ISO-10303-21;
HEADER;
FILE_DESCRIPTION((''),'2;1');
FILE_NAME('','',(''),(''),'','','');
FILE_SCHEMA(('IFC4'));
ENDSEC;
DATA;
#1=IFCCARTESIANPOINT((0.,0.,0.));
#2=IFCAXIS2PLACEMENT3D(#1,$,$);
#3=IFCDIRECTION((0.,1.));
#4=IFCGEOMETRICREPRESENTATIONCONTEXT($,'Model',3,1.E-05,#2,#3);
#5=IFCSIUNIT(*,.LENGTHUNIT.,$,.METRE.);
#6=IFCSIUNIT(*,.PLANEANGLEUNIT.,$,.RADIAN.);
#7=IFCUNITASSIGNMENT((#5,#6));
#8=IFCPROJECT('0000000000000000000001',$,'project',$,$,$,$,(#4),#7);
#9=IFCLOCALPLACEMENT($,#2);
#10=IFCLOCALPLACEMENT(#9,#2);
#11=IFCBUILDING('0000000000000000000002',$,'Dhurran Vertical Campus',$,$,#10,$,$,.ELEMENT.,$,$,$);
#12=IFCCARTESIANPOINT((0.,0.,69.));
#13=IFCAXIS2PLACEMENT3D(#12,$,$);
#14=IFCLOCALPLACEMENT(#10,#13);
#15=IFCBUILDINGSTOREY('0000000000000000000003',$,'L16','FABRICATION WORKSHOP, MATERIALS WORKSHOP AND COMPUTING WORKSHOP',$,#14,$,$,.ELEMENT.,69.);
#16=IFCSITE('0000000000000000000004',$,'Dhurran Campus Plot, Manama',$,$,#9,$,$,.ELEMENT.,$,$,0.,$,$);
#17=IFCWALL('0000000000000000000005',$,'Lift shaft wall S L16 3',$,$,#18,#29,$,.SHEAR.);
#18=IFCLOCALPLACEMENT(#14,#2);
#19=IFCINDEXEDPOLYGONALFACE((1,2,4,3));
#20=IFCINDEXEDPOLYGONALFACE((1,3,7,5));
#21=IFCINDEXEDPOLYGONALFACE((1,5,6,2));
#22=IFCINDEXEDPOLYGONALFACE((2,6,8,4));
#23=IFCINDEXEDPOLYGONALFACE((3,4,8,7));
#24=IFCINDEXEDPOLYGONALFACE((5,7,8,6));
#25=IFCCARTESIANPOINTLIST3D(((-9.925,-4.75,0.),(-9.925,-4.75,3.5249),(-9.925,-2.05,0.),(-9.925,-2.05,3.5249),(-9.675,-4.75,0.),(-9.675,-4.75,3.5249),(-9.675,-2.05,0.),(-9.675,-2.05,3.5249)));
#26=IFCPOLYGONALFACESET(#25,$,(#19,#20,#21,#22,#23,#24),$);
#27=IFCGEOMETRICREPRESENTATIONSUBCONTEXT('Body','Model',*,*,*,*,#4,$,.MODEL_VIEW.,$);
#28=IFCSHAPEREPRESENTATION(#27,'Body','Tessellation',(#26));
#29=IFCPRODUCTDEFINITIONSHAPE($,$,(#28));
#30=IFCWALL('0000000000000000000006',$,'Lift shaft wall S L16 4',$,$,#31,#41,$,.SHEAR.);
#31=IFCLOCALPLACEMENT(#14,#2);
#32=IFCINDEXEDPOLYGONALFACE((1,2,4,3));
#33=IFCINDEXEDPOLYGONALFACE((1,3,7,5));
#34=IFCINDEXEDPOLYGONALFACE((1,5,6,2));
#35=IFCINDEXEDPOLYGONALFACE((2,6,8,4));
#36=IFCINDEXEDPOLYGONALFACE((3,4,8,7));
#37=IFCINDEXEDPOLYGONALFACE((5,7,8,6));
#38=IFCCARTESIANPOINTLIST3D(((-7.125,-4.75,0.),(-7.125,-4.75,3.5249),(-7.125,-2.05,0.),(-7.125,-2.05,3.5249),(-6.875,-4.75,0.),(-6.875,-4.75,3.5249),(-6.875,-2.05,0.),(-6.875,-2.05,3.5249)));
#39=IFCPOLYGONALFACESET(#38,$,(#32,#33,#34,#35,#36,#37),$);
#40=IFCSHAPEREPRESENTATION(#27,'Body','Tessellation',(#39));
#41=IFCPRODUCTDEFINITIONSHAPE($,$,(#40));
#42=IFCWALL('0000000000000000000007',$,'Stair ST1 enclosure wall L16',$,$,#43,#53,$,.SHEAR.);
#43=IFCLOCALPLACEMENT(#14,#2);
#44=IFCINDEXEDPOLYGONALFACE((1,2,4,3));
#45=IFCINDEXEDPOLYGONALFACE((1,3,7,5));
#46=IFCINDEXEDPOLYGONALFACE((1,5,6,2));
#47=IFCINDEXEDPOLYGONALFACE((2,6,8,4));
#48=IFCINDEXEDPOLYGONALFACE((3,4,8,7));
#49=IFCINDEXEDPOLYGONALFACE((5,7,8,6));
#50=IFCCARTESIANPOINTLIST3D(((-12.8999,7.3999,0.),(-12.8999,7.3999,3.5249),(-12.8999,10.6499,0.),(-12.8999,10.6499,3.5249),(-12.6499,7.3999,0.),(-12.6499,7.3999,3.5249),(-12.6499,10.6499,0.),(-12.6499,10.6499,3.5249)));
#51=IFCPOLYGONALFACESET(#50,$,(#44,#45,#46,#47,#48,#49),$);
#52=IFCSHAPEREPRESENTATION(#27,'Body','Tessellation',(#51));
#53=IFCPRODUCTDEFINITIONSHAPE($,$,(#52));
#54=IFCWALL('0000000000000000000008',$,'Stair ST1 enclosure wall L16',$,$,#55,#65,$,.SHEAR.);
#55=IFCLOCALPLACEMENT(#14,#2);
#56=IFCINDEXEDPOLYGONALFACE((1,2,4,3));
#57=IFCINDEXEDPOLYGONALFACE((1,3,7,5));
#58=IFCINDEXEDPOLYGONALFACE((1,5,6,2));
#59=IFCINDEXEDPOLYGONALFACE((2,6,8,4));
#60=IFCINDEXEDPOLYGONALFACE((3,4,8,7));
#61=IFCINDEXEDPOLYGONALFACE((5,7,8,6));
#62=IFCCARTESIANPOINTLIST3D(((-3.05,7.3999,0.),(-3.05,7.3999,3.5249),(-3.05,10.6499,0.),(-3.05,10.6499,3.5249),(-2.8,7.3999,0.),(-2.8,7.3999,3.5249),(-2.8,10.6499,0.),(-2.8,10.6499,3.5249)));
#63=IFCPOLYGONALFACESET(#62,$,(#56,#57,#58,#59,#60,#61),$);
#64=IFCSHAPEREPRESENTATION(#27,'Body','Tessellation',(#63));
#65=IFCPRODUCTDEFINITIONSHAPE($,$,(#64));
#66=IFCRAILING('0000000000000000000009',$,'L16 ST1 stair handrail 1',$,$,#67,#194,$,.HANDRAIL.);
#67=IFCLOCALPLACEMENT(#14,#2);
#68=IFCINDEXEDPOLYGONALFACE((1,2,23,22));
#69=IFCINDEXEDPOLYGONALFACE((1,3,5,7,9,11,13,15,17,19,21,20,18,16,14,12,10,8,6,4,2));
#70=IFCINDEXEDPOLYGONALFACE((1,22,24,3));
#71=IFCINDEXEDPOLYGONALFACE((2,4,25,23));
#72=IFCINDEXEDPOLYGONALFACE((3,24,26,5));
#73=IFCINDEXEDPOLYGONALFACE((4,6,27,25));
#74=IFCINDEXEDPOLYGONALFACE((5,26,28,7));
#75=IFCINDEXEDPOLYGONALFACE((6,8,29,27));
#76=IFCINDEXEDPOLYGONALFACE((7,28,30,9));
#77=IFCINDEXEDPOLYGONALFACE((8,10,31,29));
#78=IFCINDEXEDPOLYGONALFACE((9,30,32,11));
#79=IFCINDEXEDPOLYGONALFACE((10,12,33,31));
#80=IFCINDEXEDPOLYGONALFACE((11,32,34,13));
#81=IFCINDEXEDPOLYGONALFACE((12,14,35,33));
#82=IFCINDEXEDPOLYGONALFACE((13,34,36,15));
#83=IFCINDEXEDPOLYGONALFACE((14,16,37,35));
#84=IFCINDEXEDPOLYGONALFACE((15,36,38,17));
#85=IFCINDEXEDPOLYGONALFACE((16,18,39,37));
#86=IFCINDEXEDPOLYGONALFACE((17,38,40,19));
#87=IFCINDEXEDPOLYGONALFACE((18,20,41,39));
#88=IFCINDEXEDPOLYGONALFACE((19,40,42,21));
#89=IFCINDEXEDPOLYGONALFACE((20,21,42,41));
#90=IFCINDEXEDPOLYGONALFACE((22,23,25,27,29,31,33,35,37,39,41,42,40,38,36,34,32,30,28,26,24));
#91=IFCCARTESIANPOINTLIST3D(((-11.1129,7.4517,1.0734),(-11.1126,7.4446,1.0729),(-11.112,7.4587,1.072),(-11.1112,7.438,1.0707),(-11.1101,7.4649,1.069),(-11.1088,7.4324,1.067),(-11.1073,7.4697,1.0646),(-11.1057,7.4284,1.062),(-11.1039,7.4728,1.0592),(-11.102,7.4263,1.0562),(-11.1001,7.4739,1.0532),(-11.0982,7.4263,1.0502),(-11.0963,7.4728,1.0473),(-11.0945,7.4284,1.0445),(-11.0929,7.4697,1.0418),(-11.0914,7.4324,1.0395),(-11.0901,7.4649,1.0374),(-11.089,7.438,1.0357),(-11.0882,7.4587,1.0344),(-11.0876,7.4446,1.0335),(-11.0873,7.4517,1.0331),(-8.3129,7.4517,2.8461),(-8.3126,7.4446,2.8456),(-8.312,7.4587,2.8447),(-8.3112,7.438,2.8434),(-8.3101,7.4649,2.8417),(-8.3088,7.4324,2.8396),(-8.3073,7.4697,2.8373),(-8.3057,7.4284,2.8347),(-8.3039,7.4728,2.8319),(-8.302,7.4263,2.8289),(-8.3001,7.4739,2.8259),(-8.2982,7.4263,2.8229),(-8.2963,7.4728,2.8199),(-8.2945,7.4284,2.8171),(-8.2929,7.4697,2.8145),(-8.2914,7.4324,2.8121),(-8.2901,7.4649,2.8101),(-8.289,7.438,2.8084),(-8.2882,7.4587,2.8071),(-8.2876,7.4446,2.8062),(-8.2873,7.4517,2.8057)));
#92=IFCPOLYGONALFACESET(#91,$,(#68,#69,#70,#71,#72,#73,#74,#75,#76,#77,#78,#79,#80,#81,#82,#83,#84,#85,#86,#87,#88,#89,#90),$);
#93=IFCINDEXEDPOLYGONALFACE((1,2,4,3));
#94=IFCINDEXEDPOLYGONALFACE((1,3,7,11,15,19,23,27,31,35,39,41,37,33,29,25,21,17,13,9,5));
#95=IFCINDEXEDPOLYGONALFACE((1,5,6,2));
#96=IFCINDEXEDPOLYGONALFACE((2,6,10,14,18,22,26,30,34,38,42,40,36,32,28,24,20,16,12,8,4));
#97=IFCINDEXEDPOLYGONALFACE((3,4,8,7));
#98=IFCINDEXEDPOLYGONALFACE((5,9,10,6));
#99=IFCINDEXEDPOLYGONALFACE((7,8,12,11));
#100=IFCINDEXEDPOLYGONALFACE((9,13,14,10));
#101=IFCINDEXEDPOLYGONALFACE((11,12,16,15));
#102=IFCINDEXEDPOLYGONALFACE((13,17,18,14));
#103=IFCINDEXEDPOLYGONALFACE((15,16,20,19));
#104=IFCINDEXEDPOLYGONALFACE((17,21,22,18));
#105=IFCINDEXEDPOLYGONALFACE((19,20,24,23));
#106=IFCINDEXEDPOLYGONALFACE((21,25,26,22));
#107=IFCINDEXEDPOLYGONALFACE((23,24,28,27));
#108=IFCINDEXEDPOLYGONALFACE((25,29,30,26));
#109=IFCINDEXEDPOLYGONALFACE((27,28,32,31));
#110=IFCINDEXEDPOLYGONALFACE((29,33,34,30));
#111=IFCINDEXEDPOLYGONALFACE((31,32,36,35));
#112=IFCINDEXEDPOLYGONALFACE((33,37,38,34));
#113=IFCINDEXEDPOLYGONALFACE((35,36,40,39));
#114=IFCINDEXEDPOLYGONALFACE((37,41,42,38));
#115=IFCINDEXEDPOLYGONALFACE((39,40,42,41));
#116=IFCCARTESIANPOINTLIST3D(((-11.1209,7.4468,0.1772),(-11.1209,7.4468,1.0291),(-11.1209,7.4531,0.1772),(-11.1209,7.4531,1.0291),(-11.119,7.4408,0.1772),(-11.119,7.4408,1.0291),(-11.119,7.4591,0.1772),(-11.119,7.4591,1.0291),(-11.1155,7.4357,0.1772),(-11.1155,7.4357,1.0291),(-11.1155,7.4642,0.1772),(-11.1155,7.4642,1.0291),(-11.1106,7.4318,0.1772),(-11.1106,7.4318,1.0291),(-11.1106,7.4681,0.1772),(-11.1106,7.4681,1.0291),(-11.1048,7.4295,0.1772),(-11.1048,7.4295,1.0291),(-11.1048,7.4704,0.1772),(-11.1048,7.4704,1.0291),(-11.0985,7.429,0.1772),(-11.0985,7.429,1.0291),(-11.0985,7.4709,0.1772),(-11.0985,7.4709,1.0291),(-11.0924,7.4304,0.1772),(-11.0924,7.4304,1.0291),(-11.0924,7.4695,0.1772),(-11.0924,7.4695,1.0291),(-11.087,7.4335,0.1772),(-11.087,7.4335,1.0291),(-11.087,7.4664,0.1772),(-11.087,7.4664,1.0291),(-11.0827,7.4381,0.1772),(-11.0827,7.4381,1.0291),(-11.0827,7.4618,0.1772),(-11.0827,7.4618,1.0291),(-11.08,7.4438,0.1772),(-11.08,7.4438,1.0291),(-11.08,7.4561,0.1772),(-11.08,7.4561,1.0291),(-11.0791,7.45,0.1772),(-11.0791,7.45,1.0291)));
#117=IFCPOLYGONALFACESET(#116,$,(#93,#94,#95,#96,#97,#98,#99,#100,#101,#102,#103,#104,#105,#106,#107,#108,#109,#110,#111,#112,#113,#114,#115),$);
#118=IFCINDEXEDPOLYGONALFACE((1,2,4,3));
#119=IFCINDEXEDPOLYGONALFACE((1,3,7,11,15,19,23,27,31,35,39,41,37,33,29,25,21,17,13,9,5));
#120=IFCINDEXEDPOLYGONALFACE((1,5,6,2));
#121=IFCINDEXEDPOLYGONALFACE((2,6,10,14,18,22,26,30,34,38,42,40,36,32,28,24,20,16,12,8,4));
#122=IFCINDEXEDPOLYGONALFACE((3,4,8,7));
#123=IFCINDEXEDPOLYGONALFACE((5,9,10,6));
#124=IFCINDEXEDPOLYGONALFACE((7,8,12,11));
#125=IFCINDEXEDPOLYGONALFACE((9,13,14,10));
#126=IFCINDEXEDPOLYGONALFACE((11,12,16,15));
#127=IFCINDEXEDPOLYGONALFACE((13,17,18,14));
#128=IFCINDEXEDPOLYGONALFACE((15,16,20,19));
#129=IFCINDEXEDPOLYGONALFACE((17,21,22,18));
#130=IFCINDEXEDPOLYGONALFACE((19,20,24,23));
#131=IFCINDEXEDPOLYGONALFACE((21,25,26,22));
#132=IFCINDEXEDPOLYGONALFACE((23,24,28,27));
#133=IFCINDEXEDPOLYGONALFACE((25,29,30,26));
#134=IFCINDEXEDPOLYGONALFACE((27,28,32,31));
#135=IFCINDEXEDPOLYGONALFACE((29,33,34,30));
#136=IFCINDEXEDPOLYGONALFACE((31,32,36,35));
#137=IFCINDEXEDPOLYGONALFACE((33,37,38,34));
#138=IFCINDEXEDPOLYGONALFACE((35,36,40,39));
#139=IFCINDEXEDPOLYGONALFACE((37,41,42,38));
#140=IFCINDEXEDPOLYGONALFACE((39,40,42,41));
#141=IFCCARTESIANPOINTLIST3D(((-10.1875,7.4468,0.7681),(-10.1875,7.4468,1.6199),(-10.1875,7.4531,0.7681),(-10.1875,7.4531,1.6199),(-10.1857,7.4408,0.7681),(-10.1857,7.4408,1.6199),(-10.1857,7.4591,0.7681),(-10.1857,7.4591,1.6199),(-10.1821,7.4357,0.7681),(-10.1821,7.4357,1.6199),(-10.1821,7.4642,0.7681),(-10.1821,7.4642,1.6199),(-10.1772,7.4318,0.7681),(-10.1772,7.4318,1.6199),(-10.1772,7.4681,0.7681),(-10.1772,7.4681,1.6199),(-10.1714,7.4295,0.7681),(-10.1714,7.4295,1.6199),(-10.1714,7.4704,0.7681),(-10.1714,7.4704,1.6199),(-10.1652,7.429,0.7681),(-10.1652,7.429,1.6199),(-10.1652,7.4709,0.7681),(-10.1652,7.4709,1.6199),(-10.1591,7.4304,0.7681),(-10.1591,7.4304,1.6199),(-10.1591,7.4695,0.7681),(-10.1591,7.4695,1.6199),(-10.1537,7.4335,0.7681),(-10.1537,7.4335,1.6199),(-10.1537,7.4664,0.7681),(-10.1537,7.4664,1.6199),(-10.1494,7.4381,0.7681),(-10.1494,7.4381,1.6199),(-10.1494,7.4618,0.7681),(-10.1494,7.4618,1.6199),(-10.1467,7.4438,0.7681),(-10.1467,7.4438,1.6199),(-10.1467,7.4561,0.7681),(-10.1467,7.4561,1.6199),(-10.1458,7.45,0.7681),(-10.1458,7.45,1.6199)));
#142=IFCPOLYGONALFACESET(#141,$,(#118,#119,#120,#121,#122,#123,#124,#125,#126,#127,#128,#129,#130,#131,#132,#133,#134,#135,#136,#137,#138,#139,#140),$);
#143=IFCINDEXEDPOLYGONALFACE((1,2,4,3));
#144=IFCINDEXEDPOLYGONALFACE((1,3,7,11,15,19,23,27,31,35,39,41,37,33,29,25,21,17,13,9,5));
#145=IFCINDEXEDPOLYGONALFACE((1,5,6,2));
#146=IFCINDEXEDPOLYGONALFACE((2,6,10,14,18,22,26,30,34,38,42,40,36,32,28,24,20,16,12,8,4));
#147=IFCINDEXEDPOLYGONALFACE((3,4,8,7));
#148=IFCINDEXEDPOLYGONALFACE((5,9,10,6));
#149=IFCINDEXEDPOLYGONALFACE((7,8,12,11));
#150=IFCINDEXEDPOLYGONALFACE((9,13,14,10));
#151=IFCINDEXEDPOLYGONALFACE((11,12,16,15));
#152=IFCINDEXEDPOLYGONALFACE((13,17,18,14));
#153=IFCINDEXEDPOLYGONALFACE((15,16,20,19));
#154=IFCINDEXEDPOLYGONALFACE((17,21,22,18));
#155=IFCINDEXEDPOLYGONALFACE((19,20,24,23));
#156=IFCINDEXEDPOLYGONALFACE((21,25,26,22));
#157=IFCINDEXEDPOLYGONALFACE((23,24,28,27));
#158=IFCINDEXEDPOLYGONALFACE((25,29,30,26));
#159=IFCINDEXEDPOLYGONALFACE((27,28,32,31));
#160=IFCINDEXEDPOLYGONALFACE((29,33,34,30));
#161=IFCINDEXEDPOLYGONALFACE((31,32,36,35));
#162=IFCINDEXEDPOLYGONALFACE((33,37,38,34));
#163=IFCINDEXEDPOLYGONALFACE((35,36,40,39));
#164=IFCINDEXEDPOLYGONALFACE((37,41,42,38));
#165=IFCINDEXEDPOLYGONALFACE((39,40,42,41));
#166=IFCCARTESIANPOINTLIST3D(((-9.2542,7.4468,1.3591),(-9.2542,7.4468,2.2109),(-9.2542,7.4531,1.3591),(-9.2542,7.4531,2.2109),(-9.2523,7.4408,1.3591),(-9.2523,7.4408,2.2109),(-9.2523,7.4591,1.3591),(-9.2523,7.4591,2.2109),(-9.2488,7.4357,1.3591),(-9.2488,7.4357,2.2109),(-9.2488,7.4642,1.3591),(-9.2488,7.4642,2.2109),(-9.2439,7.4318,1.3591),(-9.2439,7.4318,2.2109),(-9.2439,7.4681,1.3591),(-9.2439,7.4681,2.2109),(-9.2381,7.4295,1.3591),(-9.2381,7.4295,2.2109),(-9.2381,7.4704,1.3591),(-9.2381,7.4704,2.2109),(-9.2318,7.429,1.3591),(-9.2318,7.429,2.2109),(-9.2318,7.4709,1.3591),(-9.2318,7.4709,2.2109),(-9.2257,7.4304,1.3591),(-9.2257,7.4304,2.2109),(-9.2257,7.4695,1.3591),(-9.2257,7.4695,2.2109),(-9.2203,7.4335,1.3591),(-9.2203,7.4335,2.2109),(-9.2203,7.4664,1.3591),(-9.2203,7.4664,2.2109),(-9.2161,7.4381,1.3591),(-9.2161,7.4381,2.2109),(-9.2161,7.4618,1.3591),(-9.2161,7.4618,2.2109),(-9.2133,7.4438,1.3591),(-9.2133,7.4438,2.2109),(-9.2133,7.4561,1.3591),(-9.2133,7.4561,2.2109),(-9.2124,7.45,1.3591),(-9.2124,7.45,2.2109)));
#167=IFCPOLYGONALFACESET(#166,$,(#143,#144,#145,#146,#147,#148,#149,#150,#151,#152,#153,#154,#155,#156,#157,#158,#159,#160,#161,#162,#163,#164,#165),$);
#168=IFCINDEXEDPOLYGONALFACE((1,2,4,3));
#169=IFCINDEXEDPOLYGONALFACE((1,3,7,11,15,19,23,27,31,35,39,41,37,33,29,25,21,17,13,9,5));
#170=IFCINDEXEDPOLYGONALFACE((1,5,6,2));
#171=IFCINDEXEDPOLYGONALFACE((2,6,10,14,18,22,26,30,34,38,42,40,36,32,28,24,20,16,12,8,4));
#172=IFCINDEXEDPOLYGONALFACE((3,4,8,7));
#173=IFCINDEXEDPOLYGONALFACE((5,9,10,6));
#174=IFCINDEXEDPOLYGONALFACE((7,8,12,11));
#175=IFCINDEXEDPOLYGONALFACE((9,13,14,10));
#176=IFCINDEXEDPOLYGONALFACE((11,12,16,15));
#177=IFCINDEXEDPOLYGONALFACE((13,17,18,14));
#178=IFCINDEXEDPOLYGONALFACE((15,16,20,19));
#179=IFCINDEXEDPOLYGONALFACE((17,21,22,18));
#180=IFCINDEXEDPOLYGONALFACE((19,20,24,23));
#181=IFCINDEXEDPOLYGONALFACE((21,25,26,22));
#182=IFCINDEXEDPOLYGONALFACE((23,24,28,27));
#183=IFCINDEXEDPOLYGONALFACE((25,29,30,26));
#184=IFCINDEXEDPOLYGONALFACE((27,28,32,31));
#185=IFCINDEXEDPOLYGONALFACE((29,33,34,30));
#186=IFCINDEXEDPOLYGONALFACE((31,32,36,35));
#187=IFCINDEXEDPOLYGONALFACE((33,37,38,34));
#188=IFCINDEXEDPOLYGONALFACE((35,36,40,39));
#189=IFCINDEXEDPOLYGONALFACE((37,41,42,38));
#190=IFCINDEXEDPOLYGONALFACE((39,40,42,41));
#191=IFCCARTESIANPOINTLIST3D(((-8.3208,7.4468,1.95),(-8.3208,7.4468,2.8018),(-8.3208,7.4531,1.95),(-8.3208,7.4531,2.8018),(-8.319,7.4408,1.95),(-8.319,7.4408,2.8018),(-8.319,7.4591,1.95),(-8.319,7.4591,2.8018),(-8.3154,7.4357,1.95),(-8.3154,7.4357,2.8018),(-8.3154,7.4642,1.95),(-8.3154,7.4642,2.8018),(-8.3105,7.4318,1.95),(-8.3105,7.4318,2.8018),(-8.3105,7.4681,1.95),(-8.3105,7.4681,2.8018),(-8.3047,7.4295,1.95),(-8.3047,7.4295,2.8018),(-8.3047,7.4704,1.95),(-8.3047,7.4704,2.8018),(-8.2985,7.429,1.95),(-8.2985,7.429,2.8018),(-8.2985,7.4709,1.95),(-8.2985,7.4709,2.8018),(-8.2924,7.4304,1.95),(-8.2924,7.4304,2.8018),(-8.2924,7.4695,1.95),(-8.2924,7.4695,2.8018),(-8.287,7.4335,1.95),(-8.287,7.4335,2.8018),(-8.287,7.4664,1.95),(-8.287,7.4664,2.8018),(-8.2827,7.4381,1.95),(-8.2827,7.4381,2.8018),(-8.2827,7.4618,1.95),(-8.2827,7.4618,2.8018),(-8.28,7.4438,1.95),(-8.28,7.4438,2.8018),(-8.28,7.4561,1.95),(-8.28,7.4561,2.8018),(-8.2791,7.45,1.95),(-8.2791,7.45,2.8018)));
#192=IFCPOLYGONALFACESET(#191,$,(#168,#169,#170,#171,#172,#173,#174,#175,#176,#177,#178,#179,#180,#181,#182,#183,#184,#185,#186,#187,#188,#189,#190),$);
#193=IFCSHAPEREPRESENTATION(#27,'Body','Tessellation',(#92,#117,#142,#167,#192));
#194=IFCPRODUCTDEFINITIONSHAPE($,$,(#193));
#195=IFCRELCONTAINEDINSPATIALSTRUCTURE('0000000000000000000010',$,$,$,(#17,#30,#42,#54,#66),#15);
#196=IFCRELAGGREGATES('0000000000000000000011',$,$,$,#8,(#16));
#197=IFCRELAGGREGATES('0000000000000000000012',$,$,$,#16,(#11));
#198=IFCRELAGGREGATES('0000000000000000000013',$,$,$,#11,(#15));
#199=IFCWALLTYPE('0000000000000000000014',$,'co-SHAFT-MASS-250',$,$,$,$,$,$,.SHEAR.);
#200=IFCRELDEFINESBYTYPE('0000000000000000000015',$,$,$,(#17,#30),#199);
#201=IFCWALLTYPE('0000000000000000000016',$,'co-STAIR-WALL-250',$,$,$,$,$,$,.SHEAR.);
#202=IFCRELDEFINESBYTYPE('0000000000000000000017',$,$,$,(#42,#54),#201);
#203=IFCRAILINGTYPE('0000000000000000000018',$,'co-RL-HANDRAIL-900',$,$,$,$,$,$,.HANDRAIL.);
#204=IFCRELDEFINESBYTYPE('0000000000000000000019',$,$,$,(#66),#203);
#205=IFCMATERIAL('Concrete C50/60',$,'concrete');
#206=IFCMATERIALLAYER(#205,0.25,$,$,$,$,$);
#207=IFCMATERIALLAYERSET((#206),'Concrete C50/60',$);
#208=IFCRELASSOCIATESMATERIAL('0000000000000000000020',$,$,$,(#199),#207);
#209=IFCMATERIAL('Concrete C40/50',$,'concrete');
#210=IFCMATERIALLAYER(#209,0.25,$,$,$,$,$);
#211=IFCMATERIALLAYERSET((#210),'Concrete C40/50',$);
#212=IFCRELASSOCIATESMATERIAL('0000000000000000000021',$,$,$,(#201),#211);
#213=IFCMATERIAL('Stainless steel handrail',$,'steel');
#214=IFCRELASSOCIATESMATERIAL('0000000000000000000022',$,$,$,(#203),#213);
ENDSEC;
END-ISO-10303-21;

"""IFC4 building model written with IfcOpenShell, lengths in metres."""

from ifc_helpers import new_model, si_unit, direction, frame, frame_2d, origin, origin_2d, place, context, subcontext, project, spatial, polyline, rectangle, circle, outline, extrude, material, layer, layer_set, type_object, element, save


model = new_model("IFC4")

# Units and contexts
model_context = context("Model", 3, precision=1e-05, world=origin(), true_north=direction((0.0, 1.0)))
body_context = subcontext(model_context, "Body", "Model", "MODEL_VIEW")
ifc_project = project(units=[si_unit("LENGTHUNIT", "METRE"), si_unit("PLANEANGLEUNIT", "RADIAN")], contexts=[model_context])

# Site, building, storey
site_placement = place(None, origin())
site = spatial("IfcSite", under=ifc_project, at=site_placement, Name="Dhurran Campus Plot, Manama", CompositionType="ELEMENT", RefElevation=0.0)
building_placement = place(site_placement, origin())
building = spatial("IfcBuilding", under=site, at=building_placement, Name="Dhurran Vertical Campus", CompositionType="ELEMENT")
storey_placement = place(building_placement, frame((0.0, 0.0, 69.0)))
storey = spatial("IfcBuildingStorey", under=building, at=storey_placement, Name="L16", Description="FABRICATION WORKSHOP, MATERIALS WORKSHOP AND COMPUTING WORKSHOP", CompositionType="ELEMENT", Elevation=69.0)

# Walls
ifc_material_1 = material(Name="Concrete C50/60", Category="concrete")
ifc_layer_1 = layer(ifc_material_1, 0.25)
ifc_layer_set_1 = layer_set([ifc_layer_1], Name="Concrete C50/60")
wall_type_1 = type_object("IfcWallType", Name="co-SHAFT-MASS-250", PredefinedType="SHEAR", material=ifc_layer_set_1)
wall_1_placement = place(storey_placement, origin())
element("IfcWall", 1, at=wall_1_placement, inside=storey, type_object=wall_type_1, Name="Lift shaft wall S L16 3", PredefinedType="SHEAR", context=body_context, shape_type="SweptSolid", body=[
    extrude(outline(polyline([(-9.925, -4.75), (-9.675, -4.75), (-9.675, -2.05), (-9.925, -2.05), (-9.925, -4.75)])), origin(), (0.0, 0.0, 1.0), 3.5249),
])
wall_2_placement = place(storey_placement, origin())
element("IfcWall", 2, at=wall_2_placement, inside=storey, type_object=wall_type_1, Name="Lift shaft wall S L16 4", PredefinedType="SHEAR", context=body_context, shape_type="SweptSolid", body=[
    extrude(outline(polyline([(-7.125, -4.75), (-6.875, -4.75), (-6.875, -2.05), (-7.125, -2.05), (-7.125, -4.75)])), origin(), (0.0, 0.0, 1.0), 3.5249),
])
ifc_material_2 = material(Name="Concrete C40/50", Category="concrete")
ifc_layer_2 = layer(ifc_material_2, 0.25)
ifc_layer_set_2 = layer_set([ifc_layer_2], Name="Concrete C40/50")
wall_type_2 = type_object("IfcWallType", Name="co-STAIR-WALL-250", PredefinedType="SHEAR", material=ifc_layer_set_2)
for number, where, z_axis, x_axis, name in (
    (3, (-12.7749, 7.3999, 0.0), (0.0, 0.0, 1.0), (0.0, 1.0, 0.0), "Stair ST1 enclosure wall L16"),
    (4, (-2.925, 7.3999, 0.0), (0.0, 0.0, 1.0), (0.0, 1.0, 0.0), "Stair ST1 enclosure wall L16"),
):
    element("IfcWall", number, at=place(storey_placement, frame(where, z_axis=z_axis, x_axis=x_axis)), inside=storey, type_object=wall_type_2, Name=name, PredefinedType="SHEAR", context=body_context, shape_type="SweptSolid", body=[
        extrude(rectangle(XDim=3.25, YDim=0.25, at=frame_2d((1.625, 0.0))), origin(), (0.0, 0.0, 1.0), 3.5249),
    ])

# Railing
ifc_material_3 = material(Name="Stainless steel handrail", Category="steel")
railing_type = type_object("IfcRailingType", Name="co-RL-HANDRAIL-900", PredefinedType="HANDRAIL", material=ifc_material_3)
railing_placement = place(storey_placement, frame((-11.1001, 7.45, 0.1772)))
element("IfcRailing", 5, at=railing_placement, inside=storey, type_object=railing_type, Name="L16 ST1 stair handrail 1", PredefinedType="HANDRAIL", context=body_context, shape_type="SweptSolid", body=[
    extrude(circle(Radius=0.0239, at=origin_2d()), frame((0.0, 0.0, 0.876), z_axis=(0.844909, 0.0, 0.53491), x_axis=(0.0, 1.0, 0.0)), (0.0, 0.0, 1.0), 3.314),
    extrude(circle(Radius=0.021, at=origin_2d()), origin(), (0.0, 0.0, 1.0), 0.8518),
    extrude(circle(Radius=0.021, at=origin_2d()), frame((0.9333, 0.0, 0.5908)), (0.0, 0.0, 1.0), 0.8518),
    extrude(circle(Radius=0.021, at=origin_2d()), frame((1.8667, 0.0, 1.1819)), (0.0, 0.0, 1.0), 0.8518),
    extrude(circle(Radius=0.021, at=origin_2d()), frame((2.8, 0.0, 1.7727)), (0.0, 0.0, 1.0), 0.8518),
])

save(model, "model.ifc")
